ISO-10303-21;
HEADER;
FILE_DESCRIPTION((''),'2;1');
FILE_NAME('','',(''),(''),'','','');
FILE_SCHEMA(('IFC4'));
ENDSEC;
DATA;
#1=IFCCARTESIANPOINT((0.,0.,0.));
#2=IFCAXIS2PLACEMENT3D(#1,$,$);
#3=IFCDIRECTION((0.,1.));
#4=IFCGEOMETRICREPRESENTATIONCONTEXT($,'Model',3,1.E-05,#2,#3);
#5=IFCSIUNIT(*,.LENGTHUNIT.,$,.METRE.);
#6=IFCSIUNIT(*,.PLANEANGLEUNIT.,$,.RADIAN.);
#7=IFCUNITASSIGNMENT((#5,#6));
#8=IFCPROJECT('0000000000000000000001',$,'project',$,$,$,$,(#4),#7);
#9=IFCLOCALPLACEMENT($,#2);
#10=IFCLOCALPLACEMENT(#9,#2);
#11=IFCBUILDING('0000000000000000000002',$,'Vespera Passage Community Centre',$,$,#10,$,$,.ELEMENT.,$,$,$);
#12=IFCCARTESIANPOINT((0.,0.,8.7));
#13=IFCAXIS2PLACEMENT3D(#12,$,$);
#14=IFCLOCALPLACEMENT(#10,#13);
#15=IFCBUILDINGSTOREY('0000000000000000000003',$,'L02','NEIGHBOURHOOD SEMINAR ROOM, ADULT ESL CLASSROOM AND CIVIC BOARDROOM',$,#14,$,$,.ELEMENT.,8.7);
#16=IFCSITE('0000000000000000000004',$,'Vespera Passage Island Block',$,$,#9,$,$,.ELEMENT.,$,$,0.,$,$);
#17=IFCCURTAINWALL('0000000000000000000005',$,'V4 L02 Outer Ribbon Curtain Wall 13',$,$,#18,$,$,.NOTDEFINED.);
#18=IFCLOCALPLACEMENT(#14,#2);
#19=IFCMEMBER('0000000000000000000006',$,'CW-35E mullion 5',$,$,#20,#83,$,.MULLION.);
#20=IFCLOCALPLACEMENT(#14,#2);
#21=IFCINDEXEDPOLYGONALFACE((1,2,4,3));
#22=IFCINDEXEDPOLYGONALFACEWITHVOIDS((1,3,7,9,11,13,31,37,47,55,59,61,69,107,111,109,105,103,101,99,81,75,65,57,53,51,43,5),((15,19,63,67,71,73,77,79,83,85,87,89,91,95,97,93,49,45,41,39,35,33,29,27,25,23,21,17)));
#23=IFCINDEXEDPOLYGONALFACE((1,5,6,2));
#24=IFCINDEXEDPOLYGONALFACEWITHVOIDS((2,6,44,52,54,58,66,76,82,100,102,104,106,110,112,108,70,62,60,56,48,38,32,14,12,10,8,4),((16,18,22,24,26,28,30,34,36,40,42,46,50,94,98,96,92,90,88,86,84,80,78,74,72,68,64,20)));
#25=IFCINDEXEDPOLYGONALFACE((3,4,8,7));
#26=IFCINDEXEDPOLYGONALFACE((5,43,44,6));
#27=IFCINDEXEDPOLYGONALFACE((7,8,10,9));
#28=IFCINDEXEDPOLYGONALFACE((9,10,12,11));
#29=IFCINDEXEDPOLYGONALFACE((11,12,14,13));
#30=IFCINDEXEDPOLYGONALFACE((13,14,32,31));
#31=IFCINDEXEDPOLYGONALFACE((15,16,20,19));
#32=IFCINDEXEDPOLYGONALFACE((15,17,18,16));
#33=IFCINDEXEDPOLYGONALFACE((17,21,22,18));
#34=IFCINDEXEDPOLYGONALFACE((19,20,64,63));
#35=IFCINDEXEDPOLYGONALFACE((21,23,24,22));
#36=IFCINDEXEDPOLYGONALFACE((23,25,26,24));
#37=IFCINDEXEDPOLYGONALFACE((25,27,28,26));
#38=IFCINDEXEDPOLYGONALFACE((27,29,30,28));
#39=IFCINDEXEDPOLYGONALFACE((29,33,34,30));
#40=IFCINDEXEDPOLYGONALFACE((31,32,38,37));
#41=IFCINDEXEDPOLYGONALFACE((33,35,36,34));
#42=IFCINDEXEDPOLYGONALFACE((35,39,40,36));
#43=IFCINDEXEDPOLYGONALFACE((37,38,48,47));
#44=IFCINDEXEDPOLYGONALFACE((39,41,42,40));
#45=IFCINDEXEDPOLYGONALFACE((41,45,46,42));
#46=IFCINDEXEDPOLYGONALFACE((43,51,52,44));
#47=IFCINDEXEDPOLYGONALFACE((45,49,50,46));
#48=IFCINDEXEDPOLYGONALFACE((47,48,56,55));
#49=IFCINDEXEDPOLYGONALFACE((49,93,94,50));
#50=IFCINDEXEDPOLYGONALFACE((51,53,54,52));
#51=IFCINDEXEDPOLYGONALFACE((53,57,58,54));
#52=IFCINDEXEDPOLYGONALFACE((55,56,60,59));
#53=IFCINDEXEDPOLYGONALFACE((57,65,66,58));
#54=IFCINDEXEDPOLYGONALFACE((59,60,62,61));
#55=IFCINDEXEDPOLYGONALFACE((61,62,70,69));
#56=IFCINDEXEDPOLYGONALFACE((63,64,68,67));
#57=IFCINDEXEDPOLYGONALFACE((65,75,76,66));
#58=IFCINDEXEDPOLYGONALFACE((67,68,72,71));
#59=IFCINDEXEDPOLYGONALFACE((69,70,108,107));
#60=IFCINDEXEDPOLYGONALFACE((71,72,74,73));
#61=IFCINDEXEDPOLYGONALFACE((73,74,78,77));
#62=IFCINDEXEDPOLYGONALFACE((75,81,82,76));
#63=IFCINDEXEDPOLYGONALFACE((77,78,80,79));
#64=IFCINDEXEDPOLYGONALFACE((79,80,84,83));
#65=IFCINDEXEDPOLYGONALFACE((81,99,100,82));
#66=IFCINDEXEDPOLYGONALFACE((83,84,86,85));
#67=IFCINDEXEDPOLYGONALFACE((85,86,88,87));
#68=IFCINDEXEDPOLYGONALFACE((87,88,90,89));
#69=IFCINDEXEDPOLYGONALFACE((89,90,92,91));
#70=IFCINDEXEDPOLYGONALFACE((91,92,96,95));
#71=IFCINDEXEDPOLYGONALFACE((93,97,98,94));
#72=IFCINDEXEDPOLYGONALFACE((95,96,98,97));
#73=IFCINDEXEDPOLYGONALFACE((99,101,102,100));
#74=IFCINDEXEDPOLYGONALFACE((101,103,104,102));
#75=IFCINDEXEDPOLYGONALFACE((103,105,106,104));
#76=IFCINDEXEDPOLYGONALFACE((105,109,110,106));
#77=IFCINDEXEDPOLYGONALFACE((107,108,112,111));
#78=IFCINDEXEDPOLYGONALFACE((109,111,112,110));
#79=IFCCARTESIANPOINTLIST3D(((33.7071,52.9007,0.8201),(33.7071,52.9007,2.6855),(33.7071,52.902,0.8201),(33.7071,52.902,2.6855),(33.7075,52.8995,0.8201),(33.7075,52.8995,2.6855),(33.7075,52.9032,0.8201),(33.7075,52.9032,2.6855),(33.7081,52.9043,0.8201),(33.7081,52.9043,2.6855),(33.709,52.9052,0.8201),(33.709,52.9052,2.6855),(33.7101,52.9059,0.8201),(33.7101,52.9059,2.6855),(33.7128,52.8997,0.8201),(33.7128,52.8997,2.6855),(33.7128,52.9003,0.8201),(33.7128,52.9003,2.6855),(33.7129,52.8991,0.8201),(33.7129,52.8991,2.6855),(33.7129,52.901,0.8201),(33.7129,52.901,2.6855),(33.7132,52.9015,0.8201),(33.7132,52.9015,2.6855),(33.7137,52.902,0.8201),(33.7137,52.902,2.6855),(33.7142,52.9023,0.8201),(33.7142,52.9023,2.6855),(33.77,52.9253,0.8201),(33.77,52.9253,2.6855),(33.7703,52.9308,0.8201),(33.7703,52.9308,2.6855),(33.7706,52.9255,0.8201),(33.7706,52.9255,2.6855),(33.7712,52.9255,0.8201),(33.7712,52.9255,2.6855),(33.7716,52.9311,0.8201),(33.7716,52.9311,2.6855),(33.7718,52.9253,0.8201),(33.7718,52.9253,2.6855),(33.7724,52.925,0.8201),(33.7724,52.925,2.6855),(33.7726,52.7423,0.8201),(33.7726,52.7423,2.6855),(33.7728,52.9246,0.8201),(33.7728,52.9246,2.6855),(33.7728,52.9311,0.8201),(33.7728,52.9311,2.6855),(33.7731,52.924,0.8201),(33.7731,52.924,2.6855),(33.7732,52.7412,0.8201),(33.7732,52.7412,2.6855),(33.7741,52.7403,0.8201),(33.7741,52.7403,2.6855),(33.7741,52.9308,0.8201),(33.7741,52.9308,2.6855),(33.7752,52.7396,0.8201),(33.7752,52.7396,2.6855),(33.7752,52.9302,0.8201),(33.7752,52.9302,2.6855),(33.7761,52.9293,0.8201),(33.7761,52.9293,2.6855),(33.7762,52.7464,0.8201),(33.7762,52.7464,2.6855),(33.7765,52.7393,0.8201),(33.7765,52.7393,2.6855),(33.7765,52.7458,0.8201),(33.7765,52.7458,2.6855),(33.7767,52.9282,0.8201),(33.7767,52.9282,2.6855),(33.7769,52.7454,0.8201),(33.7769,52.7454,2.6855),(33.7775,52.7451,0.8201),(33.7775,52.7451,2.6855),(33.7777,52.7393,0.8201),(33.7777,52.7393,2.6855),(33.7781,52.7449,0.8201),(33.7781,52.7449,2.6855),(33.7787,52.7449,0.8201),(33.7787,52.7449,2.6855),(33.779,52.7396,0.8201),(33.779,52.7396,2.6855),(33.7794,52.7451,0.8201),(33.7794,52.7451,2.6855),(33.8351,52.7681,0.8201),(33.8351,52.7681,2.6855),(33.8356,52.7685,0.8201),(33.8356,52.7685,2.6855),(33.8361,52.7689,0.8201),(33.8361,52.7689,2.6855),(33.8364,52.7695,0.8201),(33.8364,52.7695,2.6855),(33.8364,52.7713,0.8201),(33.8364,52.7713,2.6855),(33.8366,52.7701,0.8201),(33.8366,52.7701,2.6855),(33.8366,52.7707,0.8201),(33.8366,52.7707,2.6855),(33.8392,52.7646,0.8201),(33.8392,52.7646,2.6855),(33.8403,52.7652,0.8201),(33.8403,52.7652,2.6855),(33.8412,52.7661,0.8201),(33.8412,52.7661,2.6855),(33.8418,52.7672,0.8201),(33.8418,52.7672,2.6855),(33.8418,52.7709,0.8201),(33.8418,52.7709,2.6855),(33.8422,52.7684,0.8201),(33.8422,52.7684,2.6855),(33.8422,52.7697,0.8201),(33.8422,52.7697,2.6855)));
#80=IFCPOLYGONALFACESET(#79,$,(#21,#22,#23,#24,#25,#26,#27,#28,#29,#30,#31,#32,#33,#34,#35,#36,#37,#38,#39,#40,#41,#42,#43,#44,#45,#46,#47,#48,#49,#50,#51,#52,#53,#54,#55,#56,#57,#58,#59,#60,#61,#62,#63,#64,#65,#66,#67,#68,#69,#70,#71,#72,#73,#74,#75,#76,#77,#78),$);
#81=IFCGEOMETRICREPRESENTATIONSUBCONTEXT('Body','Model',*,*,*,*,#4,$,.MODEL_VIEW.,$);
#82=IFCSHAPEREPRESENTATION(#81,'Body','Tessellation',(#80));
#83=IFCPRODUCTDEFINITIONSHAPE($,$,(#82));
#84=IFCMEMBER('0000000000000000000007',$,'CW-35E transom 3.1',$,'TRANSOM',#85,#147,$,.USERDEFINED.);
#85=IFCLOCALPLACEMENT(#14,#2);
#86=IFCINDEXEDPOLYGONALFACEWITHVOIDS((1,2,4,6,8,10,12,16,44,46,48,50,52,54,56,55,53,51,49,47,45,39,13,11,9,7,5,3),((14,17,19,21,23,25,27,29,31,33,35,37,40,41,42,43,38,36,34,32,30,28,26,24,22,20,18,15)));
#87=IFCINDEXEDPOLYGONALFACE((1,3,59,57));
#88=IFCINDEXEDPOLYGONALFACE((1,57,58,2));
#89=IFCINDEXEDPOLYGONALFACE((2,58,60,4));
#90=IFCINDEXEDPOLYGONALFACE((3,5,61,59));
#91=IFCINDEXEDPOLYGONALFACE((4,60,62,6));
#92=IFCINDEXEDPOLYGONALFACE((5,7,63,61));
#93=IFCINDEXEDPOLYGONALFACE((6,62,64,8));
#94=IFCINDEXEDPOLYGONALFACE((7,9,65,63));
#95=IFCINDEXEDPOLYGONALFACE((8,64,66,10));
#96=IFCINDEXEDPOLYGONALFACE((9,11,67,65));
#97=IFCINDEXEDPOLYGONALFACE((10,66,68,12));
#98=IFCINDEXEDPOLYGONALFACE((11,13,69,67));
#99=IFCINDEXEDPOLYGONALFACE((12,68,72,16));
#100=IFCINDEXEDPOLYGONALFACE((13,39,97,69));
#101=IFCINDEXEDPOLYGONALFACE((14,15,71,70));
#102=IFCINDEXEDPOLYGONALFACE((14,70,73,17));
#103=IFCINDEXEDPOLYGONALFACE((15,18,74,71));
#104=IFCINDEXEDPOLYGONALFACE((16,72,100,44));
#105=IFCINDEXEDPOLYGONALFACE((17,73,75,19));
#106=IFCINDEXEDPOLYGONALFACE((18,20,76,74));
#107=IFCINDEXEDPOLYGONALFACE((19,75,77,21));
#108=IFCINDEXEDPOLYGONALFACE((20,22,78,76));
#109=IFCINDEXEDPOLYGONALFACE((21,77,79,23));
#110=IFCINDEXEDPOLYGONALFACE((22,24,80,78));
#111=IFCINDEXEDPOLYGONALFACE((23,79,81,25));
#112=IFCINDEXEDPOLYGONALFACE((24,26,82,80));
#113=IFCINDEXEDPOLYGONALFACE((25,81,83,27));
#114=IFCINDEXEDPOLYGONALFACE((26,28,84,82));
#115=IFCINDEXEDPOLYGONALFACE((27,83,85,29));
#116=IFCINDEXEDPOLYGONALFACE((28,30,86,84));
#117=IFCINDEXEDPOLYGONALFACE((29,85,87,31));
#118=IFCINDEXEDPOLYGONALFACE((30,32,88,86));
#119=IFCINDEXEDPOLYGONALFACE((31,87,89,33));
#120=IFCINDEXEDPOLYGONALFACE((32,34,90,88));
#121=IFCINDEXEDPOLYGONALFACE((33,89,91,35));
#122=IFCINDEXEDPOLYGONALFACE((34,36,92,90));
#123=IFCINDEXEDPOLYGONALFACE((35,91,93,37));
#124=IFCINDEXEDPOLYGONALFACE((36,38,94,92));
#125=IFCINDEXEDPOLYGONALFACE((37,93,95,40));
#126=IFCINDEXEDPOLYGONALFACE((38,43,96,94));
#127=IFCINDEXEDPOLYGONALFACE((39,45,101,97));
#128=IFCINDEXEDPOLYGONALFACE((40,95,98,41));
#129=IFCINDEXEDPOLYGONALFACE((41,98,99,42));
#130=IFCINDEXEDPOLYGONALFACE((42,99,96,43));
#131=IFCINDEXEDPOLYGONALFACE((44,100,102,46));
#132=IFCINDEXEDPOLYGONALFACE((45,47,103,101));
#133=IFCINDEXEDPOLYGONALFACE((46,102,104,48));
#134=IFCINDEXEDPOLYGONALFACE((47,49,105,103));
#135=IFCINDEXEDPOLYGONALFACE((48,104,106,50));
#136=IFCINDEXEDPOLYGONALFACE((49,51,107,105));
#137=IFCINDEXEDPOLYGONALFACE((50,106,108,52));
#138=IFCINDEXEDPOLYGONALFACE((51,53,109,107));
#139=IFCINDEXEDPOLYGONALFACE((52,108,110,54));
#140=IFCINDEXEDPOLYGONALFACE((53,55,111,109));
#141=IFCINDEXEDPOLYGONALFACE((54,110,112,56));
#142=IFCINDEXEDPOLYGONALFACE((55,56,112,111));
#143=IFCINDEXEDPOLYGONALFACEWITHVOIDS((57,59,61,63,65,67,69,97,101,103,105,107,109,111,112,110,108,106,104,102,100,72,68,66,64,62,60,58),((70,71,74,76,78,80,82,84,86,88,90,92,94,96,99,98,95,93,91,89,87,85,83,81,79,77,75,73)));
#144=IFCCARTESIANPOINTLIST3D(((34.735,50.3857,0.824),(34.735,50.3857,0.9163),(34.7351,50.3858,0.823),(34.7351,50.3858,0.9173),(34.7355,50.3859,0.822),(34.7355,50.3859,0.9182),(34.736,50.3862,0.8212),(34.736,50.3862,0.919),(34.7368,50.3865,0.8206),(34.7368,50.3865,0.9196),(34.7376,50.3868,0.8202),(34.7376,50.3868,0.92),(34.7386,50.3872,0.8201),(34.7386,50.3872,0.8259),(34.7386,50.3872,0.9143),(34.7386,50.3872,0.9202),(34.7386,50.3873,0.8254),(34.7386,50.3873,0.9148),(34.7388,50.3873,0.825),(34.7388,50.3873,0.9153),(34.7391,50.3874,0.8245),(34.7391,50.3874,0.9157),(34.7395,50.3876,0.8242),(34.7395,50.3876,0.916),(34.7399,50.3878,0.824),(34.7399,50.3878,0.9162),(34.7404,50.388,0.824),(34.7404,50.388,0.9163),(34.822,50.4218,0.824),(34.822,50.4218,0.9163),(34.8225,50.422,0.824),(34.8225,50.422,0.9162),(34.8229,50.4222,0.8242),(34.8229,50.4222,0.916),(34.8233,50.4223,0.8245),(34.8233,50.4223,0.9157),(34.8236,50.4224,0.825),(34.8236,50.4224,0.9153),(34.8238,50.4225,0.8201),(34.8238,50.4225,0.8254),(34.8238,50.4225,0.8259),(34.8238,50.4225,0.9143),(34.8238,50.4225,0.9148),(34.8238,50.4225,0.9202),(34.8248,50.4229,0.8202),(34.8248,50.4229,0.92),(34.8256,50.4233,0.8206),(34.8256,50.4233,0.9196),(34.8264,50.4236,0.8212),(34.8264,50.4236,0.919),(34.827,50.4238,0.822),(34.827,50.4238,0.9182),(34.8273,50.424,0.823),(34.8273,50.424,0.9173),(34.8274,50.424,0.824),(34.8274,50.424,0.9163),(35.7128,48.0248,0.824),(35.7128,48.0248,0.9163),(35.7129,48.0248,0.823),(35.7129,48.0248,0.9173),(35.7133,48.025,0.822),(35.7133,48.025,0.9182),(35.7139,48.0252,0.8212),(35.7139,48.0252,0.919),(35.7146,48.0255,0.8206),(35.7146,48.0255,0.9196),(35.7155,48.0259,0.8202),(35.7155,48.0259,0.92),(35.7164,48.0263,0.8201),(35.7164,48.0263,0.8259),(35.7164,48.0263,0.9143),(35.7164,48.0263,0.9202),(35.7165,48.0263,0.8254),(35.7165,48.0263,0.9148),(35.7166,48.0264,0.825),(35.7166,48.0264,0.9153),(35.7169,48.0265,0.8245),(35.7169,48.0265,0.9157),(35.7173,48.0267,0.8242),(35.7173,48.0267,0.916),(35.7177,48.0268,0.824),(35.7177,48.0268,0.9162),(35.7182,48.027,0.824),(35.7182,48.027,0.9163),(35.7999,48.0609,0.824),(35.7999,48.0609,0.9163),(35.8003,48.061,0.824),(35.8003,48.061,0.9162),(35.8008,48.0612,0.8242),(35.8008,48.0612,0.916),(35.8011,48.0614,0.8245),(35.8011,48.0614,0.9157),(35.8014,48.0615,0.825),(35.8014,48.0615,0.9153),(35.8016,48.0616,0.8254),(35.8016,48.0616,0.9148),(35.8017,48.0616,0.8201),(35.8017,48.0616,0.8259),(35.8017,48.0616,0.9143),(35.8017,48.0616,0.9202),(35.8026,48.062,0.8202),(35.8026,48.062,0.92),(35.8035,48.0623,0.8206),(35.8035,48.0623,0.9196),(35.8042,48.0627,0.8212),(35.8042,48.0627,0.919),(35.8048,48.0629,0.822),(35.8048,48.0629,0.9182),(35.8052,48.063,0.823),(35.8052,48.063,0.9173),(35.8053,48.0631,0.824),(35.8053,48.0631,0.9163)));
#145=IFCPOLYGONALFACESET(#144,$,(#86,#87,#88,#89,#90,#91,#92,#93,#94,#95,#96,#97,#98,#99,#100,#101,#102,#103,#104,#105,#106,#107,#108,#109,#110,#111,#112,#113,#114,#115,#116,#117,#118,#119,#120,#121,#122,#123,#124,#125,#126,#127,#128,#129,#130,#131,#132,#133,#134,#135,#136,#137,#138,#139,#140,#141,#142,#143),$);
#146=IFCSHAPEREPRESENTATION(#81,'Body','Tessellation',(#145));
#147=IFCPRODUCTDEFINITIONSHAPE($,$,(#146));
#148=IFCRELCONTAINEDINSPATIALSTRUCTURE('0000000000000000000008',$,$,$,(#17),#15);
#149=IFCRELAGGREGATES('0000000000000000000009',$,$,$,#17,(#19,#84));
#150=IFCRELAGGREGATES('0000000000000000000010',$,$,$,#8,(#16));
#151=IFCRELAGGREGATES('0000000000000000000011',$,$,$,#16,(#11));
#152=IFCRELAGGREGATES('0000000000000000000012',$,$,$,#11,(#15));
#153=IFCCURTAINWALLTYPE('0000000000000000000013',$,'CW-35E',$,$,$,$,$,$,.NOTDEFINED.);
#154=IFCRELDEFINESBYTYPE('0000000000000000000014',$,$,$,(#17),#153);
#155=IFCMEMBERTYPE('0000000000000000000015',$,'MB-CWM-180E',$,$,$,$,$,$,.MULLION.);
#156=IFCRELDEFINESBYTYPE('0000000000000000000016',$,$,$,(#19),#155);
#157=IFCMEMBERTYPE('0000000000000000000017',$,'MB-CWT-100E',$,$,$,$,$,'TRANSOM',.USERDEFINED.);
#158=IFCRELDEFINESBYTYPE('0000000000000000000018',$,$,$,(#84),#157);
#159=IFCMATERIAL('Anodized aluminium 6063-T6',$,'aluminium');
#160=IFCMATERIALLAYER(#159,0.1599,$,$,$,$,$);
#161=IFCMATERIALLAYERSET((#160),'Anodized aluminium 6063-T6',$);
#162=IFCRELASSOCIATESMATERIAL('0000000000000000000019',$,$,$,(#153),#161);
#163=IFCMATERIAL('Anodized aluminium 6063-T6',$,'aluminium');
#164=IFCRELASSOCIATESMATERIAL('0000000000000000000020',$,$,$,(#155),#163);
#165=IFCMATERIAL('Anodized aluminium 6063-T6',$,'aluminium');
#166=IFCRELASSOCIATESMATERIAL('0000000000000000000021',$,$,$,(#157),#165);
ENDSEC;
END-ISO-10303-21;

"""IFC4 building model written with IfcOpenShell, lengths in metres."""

from ifc_helpers import new_model, si_unit, direction, frame, origin, origin_2d, place, context, subcontext, project, spatial, hollow_rectangle, extrude, material, layer, layer_set, material_profile, profile_set, type_object, element, aggregate, save


model = new_model("IFC4")

# Units and contexts
model_context = context("Model", 3, precision=1e-05, world=origin(), true_north=direction((0.0, 1.0)))
body_context = subcontext(model_context, "Body", "Model", "MODEL_VIEW")
ifc_project = project(units=[si_unit("LENGTHUNIT", "METRE"), si_unit("PLANEANGLEUNIT", "RADIAN")], contexts=[model_context])

# Site, building, storey
site_placement = place(None, origin())
site = spatial("IfcSite", under=ifc_project, at=site_placement, Name="Vespera Passage Island Block", CompositionType="ELEMENT", RefElevation=0.0)
building_placement = place(site_placement, origin())
building = spatial("IfcBuilding", under=site, at=building_placement, Name="Vespera Passage Community Centre", CompositionType="ELEMENT")
storey_placement = place(building_placement, frame((0.0, 0.0, 8.7)))
storey = spatial("IfcBuildingStorey", under=building, at=storey_placement, Name="L02", Description="NEIGHBOURHOOD SEMINAR ROOM, ADULT ESL CLASSROOM AND CIVIC BOARDROOM", CompositionType="ELEMENT", Elevation=8.7)

# Curtain wall, members
ifc_material_1 = material(Name="Anodized aluminium 6063-T6", Category="aluminium")
ifc_layer_1 = layer(ifc_material_1, 0.1599)
ifc_layer_set_1 = layer_set([ifc_layer_1], Name="Anodized aluminium 6063-T6")
curtain_wall_type = type_object("IfcCurtainWallType", Name="CW-35E", PredefinedType="NOTDEFINED", material=ifc_layer_set_1)
curtain_wall_placement = place(storey_placement, origin())
curtain_wall = element("IfcCurtainWall", 1, at=curtain_wall_placement, inside=storey, type_object=curtain_wall_type, Name="V4 L02 Outer Ribbon Curtain Wall 13", PredefinedType="NOTDEFINED")
ifc_material_2 = material(Name="Anodized aluminium 6063-T6", Category="aluminium")
ifc_material_profile_1 = material_profile(ifc_material_2, hollow_rectangle(XDim=0.075, YDim=0.1799, WallThickness=0.0049, InnerFilletRadius=0.0024, OuterFilletRadius=0.0049, at=origin_2d()), Name="ALU180X75X5")
ifc_profile_set_1 = profile_set([ifc_material_profile_1], Name="Anodized aluminium 6063-T6")
member_type_1 = type_object("IfcMemberType", Name="MB-CWM-180E", PredefinedType="MULLION", material=ifc_profile_set_1)
member_1_placement = place(storey_placement, frame((33.7747, 52.8352, 0.8201), z_axis=(0.0, 0.0, 1.0), x_axis=(-0.923881, -0.382679, 0.0)))
member_1 = element("IfcMember", 2, at=member_1_placement, type_object=member_type_1, Name="CW-35E mullion 5", PredefinedType="MULLION", context=body_context, shape_type="SweptSolid", body=[
    extrude(hollow_rectangle(XDim=0.075, YDim=0.1799, WallThickness=0.0049, InnerFilletRadius=0.0024, OuterFilletRadius=0.0049, at=origin_2d()), origin(), (0.0, 0.0, 1.0), 1.8655),
])
ifc_material_3 = material(Name="Anodized aluminium 6063-T6", Category="aluminium")
ifc_material_profile_2 = material_profile(ifc_material_3, hollow_rectangle(XDim=0.1001, YDim=0.1001, WallThickness=0.0039, InnerFilletRadius=0.002, OuterFilletRadius=0.0039, at=origin_2d()), Name="ALU100X100X4")
ifc_profile_set_2 = profile_set([ifc_material_profile_2], Name="Anodized aluminium 6063-T6")
member_type_2 = type_object("IfcMemberType", Name="MB-CWT-100E", ElementType="TRANSOM", PredefinedType="USERDEFINED", material=ifc_profile_set_2)
member_2_placement = place(storey_placement, frame((35.759, 48.0439, 0.8701), z_axis=(-0.382647, 0.923895, 0.0), x_axis=(-0.923895, -0.382647, 0.0)))
member_2 = element("IfcMember", 3, at=member_2_placement, type_object=member_type_2, Name="CW-35E transom 3.1", ObjectType="TRANSOM", PredefinedType="USERDEFINED", context=body_context, shape_type="SweptSolid", body=[
    extrude(hollow_rectangle(XDim=0.1001, YDim=0.1001, WallThickness=0.0039, InnerFilletRadius=0.002, OuterFilletRadius=0.0039, at=origin_2d()), origin(), (0.0, 0.0, 1.0), 2.5554),
])
aggregate(curtain_wall, [member_1, member_2])

save(model, "model.ifc")
